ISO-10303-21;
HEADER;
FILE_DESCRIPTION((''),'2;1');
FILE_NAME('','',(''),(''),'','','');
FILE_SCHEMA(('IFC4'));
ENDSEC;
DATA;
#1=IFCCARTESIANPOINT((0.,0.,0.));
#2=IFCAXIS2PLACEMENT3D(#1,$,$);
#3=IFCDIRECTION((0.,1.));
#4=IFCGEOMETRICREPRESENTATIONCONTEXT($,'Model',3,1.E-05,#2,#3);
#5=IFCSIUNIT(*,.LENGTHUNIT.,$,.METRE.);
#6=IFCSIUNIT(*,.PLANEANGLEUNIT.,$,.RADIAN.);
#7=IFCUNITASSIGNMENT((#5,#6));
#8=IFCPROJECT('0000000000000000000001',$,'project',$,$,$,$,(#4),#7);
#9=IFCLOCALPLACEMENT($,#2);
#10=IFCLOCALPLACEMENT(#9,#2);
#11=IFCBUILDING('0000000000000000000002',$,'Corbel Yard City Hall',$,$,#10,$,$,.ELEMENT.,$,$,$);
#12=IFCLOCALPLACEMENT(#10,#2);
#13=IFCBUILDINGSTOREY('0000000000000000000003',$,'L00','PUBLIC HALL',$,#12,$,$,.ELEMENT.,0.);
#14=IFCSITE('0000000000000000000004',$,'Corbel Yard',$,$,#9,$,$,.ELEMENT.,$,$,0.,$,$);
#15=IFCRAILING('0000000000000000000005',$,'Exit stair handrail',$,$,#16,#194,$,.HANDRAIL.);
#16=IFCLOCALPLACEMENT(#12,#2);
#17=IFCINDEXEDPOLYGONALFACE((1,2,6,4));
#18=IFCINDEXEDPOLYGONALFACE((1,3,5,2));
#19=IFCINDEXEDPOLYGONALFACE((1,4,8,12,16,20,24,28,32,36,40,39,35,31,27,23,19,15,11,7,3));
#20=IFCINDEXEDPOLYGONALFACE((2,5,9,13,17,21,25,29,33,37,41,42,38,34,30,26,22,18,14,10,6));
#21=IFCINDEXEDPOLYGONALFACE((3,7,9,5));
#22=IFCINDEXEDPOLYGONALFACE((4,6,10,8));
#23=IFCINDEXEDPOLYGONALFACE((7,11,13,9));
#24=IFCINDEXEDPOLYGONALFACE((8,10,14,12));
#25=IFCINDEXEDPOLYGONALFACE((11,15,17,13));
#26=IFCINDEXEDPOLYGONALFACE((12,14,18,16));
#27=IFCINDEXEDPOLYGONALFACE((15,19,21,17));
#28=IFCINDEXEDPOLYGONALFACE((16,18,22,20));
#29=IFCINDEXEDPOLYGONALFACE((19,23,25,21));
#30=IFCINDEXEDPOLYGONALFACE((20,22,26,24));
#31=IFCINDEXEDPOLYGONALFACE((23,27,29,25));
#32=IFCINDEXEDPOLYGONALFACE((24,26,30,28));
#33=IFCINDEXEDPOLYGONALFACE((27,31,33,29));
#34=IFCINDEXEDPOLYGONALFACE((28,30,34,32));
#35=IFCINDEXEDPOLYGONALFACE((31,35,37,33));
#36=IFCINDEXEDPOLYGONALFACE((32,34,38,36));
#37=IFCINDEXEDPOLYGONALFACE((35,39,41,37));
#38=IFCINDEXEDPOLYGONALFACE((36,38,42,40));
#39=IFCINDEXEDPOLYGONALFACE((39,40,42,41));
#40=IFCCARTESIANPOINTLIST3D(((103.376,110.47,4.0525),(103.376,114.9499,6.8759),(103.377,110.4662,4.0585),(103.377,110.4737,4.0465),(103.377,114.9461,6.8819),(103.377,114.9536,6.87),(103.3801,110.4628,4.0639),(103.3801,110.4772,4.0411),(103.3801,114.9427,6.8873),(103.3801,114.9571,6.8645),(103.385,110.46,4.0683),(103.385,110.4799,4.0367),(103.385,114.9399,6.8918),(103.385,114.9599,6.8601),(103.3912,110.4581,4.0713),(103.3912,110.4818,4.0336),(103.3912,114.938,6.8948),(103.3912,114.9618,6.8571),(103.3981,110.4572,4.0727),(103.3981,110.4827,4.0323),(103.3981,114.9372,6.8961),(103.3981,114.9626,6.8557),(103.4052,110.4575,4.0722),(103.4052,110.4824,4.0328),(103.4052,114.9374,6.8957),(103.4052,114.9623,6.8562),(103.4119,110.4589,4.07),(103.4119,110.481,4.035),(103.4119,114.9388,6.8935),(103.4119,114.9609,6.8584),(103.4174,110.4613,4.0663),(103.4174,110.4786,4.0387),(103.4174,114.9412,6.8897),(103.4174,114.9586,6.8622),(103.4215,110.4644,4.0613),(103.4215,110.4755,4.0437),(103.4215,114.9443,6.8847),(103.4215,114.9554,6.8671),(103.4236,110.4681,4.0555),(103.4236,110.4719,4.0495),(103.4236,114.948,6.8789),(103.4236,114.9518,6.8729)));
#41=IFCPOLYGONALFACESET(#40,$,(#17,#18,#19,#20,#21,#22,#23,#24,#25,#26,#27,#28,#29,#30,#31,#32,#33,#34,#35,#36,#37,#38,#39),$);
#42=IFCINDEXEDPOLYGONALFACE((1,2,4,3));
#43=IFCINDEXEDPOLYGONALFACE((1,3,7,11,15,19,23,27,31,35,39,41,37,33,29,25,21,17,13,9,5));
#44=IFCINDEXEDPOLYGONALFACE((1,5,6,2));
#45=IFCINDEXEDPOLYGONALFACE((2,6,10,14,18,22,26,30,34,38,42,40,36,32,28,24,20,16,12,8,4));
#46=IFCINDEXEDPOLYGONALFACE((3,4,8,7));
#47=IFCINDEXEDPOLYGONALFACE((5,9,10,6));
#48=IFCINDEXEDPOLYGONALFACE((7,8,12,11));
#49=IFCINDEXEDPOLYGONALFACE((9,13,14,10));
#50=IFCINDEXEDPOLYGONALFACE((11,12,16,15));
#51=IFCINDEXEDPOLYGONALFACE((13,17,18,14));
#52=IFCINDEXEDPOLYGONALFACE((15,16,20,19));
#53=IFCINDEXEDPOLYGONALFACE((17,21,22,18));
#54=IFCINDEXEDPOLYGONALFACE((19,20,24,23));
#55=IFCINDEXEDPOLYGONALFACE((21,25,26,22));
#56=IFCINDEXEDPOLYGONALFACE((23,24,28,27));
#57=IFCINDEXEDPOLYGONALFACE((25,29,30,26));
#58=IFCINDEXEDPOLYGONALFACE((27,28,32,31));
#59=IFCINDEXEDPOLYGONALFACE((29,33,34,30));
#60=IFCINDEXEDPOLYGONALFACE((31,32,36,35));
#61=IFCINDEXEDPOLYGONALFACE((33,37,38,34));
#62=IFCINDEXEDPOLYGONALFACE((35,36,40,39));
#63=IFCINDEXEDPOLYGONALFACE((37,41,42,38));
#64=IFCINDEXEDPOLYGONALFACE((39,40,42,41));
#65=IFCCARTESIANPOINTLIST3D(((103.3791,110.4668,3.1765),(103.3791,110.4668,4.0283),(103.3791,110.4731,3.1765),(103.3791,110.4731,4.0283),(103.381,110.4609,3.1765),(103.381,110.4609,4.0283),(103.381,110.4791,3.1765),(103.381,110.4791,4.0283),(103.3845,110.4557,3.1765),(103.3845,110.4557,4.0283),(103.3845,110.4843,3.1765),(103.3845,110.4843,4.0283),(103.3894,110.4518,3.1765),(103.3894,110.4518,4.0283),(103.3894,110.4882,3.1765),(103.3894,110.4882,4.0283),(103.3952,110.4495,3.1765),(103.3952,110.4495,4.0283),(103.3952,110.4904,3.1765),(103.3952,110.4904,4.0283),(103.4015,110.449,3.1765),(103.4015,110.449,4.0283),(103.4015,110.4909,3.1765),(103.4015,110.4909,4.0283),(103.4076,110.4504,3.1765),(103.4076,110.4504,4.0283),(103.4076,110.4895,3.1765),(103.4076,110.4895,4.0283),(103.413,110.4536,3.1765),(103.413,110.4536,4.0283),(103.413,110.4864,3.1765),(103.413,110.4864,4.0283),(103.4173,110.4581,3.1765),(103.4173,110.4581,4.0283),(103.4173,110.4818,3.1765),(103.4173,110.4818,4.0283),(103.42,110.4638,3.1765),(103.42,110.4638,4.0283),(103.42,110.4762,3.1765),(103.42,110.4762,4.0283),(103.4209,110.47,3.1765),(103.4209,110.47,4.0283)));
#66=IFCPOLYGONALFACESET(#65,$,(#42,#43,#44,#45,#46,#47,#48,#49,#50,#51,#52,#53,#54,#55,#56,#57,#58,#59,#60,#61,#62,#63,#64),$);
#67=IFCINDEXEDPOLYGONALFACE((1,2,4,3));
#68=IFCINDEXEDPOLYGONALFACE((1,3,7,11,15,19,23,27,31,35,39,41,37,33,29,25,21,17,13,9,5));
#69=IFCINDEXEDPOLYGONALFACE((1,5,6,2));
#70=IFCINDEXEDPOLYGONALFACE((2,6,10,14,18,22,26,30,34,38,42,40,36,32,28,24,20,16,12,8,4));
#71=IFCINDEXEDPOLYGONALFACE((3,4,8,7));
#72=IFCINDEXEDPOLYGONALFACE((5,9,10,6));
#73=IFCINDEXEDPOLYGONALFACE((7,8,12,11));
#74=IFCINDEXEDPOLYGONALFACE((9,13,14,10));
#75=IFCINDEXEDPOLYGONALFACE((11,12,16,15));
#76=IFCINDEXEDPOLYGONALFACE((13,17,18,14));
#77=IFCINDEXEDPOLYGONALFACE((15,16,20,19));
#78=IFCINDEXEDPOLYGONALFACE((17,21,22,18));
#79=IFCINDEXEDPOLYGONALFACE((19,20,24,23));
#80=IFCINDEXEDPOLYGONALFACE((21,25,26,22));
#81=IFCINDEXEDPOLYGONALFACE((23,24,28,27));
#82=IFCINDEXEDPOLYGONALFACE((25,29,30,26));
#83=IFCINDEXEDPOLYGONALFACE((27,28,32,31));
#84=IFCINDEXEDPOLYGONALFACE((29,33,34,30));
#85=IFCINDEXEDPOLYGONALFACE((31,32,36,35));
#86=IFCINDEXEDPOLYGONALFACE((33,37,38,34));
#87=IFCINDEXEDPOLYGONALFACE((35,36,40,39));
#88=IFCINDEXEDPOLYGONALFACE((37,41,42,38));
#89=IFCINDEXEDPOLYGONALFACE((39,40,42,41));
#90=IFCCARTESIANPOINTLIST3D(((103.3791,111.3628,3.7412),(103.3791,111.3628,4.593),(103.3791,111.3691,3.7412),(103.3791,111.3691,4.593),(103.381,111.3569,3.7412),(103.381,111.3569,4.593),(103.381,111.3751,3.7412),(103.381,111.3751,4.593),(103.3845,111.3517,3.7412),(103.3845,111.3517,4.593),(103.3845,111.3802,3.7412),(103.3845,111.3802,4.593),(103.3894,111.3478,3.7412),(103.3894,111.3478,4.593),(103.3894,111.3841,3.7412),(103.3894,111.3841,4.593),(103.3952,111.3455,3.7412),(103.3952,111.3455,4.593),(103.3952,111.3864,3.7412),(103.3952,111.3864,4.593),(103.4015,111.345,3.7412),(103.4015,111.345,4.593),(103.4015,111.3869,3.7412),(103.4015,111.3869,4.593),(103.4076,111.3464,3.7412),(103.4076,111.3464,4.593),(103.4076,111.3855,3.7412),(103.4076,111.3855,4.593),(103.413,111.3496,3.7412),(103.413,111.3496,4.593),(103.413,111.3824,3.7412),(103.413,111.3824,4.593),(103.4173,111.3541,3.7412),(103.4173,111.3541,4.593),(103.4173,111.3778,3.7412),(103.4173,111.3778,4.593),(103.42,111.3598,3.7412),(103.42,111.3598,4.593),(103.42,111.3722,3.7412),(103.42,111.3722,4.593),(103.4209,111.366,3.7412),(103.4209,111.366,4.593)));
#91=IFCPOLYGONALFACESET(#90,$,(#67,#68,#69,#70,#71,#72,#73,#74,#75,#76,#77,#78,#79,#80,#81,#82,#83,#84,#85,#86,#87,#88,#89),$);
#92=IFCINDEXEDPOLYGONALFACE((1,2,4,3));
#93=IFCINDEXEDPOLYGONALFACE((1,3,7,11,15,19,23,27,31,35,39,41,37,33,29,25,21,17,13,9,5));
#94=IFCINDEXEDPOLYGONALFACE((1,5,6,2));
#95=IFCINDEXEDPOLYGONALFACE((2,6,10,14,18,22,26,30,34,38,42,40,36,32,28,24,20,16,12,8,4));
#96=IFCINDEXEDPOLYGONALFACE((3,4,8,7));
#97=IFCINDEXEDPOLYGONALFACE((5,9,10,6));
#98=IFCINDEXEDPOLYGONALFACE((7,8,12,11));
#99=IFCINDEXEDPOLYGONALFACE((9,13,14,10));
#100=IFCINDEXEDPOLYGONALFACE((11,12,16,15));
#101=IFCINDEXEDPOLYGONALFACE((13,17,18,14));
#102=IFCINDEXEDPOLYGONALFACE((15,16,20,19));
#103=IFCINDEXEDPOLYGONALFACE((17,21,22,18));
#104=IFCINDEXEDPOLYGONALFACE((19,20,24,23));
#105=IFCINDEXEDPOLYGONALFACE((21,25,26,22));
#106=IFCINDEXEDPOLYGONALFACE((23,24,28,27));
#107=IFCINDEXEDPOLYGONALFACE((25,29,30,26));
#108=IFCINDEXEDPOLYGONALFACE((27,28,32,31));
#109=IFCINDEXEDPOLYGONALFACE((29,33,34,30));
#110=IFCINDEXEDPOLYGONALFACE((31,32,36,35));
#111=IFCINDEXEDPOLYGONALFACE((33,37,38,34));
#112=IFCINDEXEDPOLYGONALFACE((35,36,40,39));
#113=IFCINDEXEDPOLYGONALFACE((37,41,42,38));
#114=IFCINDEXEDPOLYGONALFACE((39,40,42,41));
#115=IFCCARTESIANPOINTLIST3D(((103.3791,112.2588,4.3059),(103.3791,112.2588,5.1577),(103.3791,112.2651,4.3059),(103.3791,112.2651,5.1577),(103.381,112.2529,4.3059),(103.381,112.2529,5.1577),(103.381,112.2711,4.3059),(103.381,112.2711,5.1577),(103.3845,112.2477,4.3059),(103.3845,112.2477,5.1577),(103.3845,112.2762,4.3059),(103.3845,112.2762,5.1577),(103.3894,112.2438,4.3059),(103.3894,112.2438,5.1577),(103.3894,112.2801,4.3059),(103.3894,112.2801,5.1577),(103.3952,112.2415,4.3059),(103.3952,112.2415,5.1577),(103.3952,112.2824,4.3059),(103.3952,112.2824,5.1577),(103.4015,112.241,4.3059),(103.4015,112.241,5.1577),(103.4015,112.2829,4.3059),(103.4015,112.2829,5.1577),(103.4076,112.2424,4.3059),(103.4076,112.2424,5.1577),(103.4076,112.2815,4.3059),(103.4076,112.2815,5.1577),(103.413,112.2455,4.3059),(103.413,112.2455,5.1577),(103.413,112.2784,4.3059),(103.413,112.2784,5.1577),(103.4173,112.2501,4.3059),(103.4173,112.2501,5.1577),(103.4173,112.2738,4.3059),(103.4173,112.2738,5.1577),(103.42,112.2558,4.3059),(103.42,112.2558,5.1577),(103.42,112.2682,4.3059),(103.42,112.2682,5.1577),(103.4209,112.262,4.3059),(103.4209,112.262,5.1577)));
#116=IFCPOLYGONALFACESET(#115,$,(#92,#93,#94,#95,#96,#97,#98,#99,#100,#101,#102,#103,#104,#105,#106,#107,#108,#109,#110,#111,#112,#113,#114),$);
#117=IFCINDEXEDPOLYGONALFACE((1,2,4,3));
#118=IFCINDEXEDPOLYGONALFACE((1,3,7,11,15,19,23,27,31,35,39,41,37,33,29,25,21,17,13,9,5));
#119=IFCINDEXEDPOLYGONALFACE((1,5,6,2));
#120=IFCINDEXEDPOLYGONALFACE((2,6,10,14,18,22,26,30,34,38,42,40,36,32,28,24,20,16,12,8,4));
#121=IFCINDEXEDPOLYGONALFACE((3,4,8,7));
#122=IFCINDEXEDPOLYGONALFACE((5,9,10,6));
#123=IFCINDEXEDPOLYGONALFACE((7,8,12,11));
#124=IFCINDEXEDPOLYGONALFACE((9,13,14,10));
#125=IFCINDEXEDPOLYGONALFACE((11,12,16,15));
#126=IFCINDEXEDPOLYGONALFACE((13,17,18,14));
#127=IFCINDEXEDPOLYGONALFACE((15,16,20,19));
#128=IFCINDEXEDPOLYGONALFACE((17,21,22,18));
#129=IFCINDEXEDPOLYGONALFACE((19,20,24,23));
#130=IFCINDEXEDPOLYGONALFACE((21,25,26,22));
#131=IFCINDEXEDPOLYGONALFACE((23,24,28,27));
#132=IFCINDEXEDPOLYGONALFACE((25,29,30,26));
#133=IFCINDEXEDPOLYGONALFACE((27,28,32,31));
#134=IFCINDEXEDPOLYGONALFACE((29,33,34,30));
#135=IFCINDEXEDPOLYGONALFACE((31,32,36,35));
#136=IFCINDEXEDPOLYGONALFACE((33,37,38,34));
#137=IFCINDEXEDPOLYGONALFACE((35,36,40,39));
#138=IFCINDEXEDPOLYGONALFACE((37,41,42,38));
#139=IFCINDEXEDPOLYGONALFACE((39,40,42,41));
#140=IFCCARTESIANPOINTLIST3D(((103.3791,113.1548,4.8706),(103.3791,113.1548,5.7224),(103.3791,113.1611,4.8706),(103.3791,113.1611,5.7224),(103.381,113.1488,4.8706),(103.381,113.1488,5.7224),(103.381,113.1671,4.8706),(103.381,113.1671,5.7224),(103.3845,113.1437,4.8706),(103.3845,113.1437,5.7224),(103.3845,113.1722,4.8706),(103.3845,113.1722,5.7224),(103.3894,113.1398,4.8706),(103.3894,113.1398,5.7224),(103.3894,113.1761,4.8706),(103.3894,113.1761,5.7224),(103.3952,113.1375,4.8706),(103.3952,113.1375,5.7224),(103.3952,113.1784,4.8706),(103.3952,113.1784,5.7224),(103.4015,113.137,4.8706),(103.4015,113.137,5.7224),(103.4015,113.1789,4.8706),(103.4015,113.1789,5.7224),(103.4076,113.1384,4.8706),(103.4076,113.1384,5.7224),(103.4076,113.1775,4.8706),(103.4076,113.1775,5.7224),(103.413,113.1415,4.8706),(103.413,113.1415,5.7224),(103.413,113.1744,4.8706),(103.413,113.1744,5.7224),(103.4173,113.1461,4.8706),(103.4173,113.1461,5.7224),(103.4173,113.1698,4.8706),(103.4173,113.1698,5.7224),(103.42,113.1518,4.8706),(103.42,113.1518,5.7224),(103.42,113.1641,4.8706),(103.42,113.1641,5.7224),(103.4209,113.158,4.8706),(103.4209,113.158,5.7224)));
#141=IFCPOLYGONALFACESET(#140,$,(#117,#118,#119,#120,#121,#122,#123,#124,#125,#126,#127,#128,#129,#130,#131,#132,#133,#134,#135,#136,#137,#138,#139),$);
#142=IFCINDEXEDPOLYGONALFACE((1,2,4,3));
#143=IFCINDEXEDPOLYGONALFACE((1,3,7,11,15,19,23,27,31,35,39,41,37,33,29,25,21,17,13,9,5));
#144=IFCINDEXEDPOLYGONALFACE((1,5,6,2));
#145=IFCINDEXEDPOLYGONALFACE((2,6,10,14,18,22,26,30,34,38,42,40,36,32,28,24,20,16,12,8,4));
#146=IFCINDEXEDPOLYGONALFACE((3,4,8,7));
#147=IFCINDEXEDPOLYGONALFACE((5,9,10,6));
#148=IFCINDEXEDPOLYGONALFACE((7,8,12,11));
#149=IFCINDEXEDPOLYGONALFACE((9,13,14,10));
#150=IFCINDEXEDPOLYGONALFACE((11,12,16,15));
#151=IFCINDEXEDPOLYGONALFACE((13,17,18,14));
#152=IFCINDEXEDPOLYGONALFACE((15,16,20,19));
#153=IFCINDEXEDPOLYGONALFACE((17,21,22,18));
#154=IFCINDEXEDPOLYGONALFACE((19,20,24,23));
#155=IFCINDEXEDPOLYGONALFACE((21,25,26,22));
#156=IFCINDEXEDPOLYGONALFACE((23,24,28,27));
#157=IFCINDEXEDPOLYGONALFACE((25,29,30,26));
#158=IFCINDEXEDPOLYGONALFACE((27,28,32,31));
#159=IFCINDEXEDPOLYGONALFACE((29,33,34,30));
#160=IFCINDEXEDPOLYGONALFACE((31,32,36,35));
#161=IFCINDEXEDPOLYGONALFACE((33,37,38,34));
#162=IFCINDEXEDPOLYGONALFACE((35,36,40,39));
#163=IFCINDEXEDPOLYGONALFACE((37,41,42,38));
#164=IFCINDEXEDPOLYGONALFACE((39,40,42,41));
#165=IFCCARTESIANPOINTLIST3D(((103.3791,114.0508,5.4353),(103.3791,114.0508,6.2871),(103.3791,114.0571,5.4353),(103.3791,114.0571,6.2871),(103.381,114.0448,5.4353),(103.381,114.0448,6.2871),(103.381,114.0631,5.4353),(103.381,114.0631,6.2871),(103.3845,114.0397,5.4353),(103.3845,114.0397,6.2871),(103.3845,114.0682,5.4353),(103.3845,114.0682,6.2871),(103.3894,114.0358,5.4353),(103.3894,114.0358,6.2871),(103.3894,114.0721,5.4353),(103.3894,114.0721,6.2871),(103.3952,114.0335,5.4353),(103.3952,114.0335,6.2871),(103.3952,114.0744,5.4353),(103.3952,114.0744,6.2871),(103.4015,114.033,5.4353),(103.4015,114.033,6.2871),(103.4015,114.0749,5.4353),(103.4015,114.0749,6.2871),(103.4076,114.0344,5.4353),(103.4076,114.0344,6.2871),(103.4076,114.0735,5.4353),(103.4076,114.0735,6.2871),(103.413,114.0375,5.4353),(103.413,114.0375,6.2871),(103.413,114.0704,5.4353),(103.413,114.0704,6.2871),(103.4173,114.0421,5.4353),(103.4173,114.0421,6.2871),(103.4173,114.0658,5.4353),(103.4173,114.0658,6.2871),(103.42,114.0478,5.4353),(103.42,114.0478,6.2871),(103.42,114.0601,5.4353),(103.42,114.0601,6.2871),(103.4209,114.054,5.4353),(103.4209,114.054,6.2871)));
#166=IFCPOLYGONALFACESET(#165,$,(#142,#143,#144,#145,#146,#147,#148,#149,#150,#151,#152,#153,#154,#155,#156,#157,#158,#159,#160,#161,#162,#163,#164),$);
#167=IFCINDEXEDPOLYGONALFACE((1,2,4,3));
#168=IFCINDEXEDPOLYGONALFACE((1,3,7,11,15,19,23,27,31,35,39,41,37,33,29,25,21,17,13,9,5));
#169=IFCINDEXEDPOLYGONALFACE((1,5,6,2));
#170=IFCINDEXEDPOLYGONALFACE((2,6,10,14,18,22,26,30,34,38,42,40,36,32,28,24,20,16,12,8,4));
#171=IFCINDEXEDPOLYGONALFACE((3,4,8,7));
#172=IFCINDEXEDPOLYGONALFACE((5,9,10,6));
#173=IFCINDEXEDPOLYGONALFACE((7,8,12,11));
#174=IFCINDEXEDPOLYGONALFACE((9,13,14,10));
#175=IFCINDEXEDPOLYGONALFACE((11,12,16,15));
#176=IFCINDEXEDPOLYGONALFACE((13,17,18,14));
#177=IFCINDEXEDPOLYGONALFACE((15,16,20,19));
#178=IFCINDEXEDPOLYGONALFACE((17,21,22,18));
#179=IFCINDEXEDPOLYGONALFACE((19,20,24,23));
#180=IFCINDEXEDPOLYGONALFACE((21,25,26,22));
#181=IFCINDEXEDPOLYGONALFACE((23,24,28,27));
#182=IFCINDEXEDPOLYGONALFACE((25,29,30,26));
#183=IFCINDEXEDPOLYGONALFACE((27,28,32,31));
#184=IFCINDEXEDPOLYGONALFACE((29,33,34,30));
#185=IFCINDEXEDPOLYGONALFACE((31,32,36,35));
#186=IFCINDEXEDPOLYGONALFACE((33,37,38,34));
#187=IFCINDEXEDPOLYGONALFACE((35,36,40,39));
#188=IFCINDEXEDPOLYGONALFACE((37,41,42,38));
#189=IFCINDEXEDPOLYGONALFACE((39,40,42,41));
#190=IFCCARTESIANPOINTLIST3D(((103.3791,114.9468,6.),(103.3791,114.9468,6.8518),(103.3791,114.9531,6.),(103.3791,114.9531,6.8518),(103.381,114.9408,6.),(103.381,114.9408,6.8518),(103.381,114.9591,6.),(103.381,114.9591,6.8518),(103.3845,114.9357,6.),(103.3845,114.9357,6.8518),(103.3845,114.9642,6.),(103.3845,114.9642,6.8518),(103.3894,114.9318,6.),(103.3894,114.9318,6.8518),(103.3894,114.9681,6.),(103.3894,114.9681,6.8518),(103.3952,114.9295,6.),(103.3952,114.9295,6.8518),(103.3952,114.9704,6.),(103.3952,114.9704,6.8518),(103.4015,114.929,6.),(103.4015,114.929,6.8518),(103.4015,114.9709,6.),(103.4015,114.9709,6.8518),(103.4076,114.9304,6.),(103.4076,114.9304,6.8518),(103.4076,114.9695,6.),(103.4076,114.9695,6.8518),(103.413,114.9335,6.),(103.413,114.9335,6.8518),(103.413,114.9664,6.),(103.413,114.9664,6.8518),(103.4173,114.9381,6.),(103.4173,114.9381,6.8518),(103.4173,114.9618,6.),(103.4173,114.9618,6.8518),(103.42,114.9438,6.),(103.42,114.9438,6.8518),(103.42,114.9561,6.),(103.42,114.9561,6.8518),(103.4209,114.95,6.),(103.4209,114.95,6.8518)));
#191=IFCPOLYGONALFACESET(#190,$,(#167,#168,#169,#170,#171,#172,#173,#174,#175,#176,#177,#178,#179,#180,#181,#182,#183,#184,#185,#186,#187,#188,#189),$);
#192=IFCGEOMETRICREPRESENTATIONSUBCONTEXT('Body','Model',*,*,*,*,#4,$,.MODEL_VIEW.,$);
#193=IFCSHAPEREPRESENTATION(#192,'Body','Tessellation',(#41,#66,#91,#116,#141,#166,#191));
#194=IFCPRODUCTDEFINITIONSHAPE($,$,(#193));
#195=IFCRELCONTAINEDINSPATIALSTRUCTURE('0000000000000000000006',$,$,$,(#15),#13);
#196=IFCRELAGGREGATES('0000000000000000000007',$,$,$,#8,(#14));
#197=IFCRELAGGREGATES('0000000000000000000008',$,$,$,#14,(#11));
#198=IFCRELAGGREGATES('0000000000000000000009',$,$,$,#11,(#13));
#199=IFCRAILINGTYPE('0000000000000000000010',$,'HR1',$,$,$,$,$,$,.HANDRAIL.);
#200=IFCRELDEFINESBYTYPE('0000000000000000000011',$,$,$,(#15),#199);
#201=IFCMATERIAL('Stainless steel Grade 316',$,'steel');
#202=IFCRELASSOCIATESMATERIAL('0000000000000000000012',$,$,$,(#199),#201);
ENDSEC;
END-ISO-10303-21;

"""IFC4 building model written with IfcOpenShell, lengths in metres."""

from ifc_helpers import new_model, si_unit, direction, frame, origin, origin_2d, place, context, subcontext, project, spatial, circle, extrude, material, type_object, element, save


model = new_model("IFC4")

# Units and contexts
model_context = context("Model", 3, precision=1e-05, world=origin(), true_north=direction((0.0, 1.0)))
body_context = subcontext(model_context, "Body", "Model", "MODEL_VIEW")
ifc_project = project(units=[si_unit("LENGTHUNIT", "METRE"), si_unit("PLANEANGLEUNIT", "RADIAN")], contexts=[model_context])

# Site, building, storey
site_placement = place(None, origin())
site = spatial("IfcSite", under=ifc_project, at=site_placement, Name="Corbel Yard", CompositionType="ELEMENT", RefElevation=0.0)
building_placement = place(site_placement, origin())
building = spatial("IfcBuilding", under=site, at=building_placement, Name="Corbel Yard City Hall", CompositionType="ELEMENT")
storey_placement = place(building_placement, origin())
storey = spatial("IfcBuildingStorey", under=building, at=storey_placement, Name="L00", Description="PUBLIC HALL", CompositionType="ELEMENT", Elevation=0.0)

# Shared definitions
ifc_material_1 = material(Name="Stainless steel Grade 316", Category="steel")

# Railing
railing_type = type_object("IfcRailingType", Name="HR1", PredefinedType="HANDRAIL", material=ifc_material_1)
for number, where, name in (
    (1, (103.3999, 110.47, 3.1765), "Exit stair handrail"),
):
    element("IfcRailing", number, at=place(storey_placement, frame(where)), inside=storey, type_object=railing_type, Name=name, PredefinedType="HANDRAIL", context=body_context, shape_type="SweptSolid", body=[
        extrude(circle(Radius=0.0239, at=origin_2d()), frame((0.0, 0.0, 0.876), z_axis=(0.0, 0.845998, 0.533186), x_axis=(-1.0, 0.0, 0.0)), (0.0, 0.0, 1.0), 5.2954),
        extrude(circle(Radius=0.021, at=origin_2d()), origin(), (0.0, 0.0, 1.0), 0.8518),
        extrude(circle(Radius=0.021, at=origin_2d()), frame((0.0, 0.896, 0.5647)), (0.0, 0.0, 1.0), 0.8518),
        extrude(circle(Radius=0.021, at=origin_2d()), frame((0.0, 1.792, 1.1294)), (0.0, 0.0, 1.0), 0.8518),
        extrude(circle(Radius=0.021, at=origin_2d()), frame((0.0, 2.688, 1.6941)), (0.0, 0.0, 1.0), 0.8518),
        extrude(circle(Radius=0.021, at=origin_2d()), frame((0.0, 3.584, 2.2588)), (0.0, 0.0, 1.0), 0.8518),
        extrude(circle(Radius=0.021, at=origin_2d()), frame((0.0, 4.48, 2.8235)), (0.0, 0.0, 1.0), 0.8518),
    ])

save(model, "model.ifc")
